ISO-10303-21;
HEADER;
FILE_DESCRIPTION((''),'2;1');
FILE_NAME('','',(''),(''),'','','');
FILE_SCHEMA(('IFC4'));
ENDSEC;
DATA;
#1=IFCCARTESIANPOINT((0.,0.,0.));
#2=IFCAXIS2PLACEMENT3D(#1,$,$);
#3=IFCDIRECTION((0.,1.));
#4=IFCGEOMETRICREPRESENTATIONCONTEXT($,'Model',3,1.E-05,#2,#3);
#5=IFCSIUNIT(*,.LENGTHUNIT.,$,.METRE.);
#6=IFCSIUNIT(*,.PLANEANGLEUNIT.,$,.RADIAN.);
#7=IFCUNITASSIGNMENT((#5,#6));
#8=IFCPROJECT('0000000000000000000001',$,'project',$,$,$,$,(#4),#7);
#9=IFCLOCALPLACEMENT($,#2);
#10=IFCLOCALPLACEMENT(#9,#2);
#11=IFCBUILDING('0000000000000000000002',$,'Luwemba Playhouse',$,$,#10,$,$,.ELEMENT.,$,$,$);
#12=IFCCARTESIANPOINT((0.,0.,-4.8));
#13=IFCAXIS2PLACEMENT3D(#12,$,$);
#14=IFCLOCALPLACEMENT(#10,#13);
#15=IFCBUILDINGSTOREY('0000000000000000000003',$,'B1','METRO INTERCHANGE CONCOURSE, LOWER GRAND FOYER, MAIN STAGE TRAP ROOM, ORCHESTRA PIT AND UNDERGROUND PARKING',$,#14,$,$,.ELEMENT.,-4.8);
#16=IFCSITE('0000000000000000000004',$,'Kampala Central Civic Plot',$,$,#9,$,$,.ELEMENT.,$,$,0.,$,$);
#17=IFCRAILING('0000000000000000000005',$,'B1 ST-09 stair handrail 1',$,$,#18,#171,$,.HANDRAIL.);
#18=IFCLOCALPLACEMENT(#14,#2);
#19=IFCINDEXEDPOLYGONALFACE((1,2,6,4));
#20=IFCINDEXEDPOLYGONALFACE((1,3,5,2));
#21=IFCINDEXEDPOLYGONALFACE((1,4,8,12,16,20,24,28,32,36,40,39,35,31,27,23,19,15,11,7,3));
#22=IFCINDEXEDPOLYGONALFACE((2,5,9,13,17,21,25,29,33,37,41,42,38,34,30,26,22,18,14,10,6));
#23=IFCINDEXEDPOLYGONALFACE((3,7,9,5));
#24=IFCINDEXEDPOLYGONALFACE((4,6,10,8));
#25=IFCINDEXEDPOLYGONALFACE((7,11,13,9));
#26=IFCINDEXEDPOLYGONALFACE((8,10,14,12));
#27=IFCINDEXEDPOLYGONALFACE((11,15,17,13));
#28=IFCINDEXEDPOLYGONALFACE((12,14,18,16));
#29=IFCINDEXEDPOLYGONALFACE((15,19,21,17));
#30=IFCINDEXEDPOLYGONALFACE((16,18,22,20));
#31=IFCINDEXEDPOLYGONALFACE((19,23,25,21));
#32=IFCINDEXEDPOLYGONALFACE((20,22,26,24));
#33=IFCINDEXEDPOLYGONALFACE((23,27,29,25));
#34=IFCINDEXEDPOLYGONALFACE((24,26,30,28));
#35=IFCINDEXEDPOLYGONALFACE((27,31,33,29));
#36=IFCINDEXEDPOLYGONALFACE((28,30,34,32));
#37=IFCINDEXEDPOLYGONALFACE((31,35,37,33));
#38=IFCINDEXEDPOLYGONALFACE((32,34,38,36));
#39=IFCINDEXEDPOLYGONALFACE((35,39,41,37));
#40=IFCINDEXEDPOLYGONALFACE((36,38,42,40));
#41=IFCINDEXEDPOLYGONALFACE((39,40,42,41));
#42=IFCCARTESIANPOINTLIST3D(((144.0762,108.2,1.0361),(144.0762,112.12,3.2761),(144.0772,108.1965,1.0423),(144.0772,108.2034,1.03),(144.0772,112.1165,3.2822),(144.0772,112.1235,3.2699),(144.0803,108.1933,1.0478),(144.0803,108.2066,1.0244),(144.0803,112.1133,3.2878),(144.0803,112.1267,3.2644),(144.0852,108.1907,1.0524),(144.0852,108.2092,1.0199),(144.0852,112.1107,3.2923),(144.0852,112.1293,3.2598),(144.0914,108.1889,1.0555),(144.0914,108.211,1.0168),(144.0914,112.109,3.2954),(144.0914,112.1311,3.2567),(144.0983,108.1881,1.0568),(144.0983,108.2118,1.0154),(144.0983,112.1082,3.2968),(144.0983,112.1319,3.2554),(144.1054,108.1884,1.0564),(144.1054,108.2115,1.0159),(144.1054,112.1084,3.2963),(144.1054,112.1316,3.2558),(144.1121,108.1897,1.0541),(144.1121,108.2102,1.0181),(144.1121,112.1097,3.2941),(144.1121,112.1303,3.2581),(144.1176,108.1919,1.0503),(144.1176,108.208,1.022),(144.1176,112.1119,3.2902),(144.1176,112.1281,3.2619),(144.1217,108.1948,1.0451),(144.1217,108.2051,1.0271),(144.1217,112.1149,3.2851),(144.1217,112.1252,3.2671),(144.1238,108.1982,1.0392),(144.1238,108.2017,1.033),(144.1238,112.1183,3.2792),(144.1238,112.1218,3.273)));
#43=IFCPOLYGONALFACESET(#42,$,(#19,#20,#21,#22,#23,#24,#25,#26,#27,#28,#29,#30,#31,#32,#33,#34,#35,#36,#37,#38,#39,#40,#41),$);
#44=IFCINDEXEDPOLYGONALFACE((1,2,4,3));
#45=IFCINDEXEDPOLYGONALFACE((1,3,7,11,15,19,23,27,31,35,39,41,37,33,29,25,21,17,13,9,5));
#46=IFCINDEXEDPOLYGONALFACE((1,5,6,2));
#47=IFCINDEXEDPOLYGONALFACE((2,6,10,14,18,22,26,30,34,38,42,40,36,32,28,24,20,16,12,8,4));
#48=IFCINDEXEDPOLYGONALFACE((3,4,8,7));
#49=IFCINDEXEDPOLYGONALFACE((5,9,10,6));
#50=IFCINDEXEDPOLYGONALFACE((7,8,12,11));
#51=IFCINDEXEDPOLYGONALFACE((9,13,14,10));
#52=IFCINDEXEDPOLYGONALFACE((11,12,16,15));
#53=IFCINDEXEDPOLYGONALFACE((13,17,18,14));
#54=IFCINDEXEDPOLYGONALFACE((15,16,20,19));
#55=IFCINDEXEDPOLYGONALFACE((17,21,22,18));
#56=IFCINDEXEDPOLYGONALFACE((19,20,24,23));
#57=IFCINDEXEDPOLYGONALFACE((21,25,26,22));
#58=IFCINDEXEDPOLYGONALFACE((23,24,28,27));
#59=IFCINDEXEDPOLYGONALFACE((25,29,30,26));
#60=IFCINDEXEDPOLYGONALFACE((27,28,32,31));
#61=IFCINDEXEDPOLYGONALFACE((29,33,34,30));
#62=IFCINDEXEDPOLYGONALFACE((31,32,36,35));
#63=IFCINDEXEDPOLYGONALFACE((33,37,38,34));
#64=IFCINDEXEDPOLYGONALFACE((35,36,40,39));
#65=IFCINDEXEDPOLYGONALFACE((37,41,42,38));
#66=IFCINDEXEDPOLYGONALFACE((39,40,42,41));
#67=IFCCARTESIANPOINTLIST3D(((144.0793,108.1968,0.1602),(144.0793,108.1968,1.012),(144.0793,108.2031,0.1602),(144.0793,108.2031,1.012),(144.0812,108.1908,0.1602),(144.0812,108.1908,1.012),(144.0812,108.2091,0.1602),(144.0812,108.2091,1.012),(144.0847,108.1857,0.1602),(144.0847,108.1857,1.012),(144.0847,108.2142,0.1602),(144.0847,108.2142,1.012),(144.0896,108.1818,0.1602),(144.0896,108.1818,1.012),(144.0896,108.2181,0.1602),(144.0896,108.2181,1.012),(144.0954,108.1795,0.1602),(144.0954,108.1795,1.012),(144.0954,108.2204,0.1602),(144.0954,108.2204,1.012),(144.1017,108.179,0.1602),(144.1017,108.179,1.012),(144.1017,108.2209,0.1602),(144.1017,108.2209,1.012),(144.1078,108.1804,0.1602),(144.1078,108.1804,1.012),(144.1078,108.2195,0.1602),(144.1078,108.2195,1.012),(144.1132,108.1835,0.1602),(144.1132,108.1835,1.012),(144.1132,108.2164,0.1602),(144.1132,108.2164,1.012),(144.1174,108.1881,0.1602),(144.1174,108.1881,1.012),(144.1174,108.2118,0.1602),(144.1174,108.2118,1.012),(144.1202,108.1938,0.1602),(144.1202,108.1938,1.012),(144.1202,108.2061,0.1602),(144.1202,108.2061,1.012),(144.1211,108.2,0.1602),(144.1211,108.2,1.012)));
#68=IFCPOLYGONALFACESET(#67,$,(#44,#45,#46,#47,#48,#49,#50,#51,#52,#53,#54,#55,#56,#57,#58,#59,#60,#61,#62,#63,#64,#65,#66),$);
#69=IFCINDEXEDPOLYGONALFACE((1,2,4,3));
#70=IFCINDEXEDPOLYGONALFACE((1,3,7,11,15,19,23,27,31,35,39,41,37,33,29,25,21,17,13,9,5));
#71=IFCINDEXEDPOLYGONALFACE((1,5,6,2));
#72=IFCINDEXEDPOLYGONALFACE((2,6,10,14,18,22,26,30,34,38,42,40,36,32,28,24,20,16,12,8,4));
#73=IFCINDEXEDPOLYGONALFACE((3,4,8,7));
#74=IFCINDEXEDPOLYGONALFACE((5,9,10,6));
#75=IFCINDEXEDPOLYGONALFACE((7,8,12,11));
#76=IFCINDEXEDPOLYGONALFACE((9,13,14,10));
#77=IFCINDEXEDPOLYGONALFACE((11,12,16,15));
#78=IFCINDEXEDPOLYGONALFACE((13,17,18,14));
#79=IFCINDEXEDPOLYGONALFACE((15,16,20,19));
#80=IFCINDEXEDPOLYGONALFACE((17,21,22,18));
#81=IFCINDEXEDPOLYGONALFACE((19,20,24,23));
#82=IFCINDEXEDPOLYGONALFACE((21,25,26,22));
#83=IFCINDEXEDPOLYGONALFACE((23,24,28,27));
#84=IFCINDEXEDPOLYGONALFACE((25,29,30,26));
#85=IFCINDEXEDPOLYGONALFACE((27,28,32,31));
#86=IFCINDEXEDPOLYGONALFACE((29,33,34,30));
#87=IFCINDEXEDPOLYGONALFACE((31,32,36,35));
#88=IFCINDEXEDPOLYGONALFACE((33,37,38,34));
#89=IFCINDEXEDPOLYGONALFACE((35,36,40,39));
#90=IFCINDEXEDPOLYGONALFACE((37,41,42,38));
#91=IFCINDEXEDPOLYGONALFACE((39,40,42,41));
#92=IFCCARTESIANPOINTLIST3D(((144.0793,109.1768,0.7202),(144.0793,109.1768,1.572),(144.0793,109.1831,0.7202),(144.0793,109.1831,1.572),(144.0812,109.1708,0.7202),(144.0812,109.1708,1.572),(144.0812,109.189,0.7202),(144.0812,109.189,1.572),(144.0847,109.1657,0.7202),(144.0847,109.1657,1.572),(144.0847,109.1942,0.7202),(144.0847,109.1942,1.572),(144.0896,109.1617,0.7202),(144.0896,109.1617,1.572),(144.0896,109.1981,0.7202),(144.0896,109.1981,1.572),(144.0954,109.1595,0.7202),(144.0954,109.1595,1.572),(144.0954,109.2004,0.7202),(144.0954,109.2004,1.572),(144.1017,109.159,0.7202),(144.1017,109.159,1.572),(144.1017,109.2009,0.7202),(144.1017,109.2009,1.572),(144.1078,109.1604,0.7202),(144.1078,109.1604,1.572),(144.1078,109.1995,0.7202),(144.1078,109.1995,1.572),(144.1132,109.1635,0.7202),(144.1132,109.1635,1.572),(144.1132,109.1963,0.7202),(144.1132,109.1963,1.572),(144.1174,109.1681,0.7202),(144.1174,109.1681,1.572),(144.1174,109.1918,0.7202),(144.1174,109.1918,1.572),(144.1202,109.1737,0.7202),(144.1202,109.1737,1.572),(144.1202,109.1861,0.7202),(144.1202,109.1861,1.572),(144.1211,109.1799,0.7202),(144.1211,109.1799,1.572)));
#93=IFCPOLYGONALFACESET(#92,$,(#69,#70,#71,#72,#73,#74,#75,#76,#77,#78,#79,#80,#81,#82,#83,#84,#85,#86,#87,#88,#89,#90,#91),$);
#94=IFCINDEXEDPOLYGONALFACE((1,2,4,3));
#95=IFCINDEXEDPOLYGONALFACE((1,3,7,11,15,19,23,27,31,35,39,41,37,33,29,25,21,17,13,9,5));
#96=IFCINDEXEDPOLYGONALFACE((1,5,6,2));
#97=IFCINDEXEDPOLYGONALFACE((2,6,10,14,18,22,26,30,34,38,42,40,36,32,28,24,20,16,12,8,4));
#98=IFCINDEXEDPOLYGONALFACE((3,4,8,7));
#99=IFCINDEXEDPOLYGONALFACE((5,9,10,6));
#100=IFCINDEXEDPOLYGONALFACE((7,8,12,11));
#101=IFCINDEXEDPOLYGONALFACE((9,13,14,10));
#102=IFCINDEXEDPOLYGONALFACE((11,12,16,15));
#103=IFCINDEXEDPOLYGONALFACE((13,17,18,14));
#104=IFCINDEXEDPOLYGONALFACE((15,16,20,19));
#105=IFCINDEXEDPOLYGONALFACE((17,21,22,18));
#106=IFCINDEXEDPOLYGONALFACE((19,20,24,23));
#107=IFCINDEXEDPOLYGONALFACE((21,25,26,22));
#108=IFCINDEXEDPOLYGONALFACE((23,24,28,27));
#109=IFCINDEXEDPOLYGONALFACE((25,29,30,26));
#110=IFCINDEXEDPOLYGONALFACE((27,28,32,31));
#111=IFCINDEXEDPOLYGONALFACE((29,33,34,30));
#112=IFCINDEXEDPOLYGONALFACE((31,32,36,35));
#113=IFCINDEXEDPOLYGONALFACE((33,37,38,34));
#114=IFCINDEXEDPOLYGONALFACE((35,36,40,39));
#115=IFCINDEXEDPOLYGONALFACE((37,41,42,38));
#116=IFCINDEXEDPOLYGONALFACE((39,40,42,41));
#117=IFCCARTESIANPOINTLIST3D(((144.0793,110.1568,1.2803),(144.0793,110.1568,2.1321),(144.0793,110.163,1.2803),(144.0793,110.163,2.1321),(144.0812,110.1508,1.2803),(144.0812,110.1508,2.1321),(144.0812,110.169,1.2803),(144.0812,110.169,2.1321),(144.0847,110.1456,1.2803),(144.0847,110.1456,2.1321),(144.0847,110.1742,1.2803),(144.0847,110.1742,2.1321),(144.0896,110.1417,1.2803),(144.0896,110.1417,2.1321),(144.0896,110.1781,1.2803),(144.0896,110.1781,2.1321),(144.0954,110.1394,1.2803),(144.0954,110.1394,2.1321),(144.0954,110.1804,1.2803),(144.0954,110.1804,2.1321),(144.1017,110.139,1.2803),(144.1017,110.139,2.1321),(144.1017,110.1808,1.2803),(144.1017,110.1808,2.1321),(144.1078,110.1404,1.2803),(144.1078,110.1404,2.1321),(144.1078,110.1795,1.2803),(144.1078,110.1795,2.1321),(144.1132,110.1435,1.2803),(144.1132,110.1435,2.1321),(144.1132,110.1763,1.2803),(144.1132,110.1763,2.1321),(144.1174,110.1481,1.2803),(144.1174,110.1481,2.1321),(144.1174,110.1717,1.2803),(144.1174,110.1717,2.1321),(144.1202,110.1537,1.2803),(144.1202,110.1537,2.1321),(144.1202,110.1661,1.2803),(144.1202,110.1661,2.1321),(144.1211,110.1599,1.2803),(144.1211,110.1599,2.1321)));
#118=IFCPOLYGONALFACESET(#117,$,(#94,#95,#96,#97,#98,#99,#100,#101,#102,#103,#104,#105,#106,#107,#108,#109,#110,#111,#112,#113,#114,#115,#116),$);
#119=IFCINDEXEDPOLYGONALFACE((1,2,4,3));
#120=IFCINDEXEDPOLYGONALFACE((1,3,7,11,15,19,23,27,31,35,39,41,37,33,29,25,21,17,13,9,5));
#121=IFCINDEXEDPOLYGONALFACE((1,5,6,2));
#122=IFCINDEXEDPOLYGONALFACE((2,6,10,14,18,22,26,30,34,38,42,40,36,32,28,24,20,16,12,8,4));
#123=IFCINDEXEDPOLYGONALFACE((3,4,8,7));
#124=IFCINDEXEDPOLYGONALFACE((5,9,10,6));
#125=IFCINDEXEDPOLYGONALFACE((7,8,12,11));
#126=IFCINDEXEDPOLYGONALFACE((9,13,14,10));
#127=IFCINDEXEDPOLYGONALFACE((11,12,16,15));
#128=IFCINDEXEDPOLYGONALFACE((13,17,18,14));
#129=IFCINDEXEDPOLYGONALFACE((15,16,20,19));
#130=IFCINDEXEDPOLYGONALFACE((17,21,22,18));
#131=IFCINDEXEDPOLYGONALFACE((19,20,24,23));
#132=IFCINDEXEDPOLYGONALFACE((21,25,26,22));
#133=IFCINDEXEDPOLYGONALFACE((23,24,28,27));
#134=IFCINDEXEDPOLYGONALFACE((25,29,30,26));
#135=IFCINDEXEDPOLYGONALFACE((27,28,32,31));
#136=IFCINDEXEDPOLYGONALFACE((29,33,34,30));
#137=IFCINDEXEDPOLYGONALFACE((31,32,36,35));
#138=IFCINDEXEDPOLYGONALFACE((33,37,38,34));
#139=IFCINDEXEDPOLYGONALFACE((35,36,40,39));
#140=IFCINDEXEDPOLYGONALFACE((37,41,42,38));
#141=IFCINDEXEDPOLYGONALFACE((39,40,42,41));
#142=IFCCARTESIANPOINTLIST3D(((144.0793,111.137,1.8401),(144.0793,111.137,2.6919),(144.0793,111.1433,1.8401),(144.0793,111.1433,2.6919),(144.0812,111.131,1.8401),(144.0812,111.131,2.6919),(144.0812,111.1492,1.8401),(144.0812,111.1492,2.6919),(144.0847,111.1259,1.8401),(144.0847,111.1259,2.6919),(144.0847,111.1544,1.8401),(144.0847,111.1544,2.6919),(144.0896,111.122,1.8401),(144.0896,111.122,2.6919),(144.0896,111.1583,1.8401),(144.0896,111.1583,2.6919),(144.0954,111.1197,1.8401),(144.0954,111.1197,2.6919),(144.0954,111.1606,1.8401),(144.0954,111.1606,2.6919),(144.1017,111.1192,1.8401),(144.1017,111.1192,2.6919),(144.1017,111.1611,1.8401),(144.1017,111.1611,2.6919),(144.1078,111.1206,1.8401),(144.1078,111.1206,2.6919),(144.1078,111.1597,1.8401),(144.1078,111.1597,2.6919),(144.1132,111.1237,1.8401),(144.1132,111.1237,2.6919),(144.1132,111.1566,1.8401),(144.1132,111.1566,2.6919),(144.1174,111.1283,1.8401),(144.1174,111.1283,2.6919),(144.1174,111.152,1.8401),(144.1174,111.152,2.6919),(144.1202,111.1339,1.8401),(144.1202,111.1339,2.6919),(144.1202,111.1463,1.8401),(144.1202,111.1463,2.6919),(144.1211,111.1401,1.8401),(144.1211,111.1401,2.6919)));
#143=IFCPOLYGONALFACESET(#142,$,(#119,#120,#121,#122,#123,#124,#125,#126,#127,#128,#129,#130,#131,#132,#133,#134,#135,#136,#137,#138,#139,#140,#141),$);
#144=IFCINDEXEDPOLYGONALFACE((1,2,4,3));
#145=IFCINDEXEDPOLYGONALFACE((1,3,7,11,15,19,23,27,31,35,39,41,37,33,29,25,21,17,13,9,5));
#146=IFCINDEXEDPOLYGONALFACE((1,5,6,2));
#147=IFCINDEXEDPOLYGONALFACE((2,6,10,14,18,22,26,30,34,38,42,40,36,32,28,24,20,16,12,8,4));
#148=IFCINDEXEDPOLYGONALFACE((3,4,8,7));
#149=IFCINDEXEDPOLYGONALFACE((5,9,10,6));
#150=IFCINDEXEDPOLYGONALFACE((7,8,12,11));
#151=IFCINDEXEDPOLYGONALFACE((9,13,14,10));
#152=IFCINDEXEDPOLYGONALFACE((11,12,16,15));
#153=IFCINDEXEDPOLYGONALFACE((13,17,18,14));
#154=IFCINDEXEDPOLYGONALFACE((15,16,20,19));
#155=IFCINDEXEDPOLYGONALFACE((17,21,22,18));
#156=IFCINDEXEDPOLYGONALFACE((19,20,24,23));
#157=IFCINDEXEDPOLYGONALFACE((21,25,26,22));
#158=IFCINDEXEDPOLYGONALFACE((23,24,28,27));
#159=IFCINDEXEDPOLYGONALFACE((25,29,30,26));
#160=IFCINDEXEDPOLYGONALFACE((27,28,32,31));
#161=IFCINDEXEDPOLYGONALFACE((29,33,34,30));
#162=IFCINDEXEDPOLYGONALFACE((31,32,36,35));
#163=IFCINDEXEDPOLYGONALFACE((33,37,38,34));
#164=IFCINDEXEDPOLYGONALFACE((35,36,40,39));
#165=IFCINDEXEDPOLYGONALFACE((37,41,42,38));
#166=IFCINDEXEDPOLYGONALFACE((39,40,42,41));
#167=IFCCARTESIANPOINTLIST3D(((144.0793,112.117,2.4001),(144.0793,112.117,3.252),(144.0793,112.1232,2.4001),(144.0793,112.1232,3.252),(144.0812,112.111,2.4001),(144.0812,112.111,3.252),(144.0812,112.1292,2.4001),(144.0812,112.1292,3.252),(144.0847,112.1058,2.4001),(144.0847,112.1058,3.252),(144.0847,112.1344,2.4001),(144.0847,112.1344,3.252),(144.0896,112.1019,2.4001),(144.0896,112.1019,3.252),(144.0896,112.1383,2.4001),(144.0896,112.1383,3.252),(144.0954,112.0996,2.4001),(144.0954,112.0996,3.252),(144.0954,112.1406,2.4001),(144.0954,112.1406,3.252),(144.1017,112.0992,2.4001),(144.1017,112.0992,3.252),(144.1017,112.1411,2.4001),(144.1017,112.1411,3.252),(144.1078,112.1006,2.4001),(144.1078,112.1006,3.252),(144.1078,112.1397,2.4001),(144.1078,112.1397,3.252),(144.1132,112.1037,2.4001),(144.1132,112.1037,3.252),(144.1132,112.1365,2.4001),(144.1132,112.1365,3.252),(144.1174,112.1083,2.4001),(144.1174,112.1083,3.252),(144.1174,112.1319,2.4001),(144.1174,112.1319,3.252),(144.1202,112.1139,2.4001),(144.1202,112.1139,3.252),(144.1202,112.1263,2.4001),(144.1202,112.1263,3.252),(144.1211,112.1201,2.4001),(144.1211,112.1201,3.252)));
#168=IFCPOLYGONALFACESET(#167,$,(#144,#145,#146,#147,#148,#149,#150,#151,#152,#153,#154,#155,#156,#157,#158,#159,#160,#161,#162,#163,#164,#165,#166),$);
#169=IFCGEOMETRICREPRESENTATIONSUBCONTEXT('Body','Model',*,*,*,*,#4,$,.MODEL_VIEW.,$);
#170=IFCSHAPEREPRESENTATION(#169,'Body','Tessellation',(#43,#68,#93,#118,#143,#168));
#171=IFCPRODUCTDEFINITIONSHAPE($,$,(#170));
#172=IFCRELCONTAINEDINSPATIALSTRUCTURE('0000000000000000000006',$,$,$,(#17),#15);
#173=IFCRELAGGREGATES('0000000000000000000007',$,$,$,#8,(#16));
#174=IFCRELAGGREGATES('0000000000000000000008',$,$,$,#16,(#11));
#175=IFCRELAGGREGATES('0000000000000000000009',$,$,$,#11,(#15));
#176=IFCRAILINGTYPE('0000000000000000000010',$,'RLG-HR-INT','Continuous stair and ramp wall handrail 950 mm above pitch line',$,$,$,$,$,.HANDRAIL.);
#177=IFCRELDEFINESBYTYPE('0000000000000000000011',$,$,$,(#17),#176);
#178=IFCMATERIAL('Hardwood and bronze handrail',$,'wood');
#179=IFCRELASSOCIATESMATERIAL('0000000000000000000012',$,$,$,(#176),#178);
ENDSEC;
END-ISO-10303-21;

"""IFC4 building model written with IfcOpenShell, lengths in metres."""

from ifc_helpers import new_model, si_unit, direction, frame, origin, origin_2d, place, context, subcontext, project, spatial, circle, extrude, material, type_object, element, save


model = new_model("IFC4")

# Units and contexts
model_context = context("Model", 3, precision=1e-05, world=origin(), true_north=direction((0.0, 1.0)))
body_context = subcontext(model_context, "Body", "Model", "MODEL_VIEW")
ifc_project = project(units=[si_unit("LENGTHUNIT", "METRE"), si_unit("PLANEANGLEUNIT", "RADIAN")], contexts=[model_context])

# Site, building, storey
site_placement = place(None, origin())
site = spatial("IfcSite", under=ifc_project, at=site_placement, Name="Kampala Central Civic Plot", CompositionType="ELEMENT", RefElevation=0.0)
building_placement = place(site_placement, origin())
building = spatial("IfcBuilding", under=site, at=building_placement, Name="Luwemba Playhouse", CompositionType="ELEMENT")
storey_placement = place(building_placement, frame((0.0, 0.0, -4.8)))
storey = spatial("IfcBuildingStorey", under=building, at=storey_placement, Name="B1", Description="METRO INTERCHANGE CONCOURSE, LOWER GRAND FOYER, MAIN STAGE TRAP ROOM, ORCHESTRA PIT AND UNDERGROUND PARKING", CompositionType="ELEMENT", Elevation=-4.8)

# Railing
ifc_material_1 = material(Name="Hardwood and bronze handrail", Category="wood")
railing_type_1 = type_object("IfcRailingType", Name="RLG-HR-INT", Description="Continuous stair and ramp wall handrail 950 mm above pitch line", PredefinedType="HANDRAIL", material=ifc_material_1)
railing_1_placement = place(storey_placement, frame((144.1001, 108.2, 0.1602)))
element("IfcRailing", 1, at=railing_1_placement, inside=storey, type_object=railing_type_1, Name="B1 ST-09 stair handrail 1", PredefinedType="HANDRAIL", context=body_context, shape_type="SweptSolid", body=[
    extrude(circle(Radius=0.0239, at=origin_2d()), frame((0.0, 0.0, 0.876), z_axis=(0.0, 0.868253, 0.496121), x_axis=(-1.0, 0.0, 0.0)), (0.0, 0.0, 1.0), 4.5149),
    extrude(circle(Radius=0.021, at=origin_2d()), origin(), (0.0, 0.0, 1.0), 0.8518),
    extrude(circle(Radius=0.021, at=origin_2d()), frame((0.0, 0.98, 0.5601)), (0.0, 0.0, 1.0), 0.8518),
    extrude(circle(Radius=0.021, at=origin_2d()), frame((0.0, 1.96, 1.1201)), (0.0, 0.0, 1.0), 0.8518),
    extrude(circle(Radius=0.021, at=origin_2d()), frame((0.0, 2.9402, 1.6799)), (0.0, 0.0, 1.0), 0.8518),
    extrude(circle(Radius=0.021, at=origin_2d()), frame((0.0, 3.9202, 2.24)), (0.0, 0.0, 1.0), 0.8518),
])

save(model, "model.ifc")
